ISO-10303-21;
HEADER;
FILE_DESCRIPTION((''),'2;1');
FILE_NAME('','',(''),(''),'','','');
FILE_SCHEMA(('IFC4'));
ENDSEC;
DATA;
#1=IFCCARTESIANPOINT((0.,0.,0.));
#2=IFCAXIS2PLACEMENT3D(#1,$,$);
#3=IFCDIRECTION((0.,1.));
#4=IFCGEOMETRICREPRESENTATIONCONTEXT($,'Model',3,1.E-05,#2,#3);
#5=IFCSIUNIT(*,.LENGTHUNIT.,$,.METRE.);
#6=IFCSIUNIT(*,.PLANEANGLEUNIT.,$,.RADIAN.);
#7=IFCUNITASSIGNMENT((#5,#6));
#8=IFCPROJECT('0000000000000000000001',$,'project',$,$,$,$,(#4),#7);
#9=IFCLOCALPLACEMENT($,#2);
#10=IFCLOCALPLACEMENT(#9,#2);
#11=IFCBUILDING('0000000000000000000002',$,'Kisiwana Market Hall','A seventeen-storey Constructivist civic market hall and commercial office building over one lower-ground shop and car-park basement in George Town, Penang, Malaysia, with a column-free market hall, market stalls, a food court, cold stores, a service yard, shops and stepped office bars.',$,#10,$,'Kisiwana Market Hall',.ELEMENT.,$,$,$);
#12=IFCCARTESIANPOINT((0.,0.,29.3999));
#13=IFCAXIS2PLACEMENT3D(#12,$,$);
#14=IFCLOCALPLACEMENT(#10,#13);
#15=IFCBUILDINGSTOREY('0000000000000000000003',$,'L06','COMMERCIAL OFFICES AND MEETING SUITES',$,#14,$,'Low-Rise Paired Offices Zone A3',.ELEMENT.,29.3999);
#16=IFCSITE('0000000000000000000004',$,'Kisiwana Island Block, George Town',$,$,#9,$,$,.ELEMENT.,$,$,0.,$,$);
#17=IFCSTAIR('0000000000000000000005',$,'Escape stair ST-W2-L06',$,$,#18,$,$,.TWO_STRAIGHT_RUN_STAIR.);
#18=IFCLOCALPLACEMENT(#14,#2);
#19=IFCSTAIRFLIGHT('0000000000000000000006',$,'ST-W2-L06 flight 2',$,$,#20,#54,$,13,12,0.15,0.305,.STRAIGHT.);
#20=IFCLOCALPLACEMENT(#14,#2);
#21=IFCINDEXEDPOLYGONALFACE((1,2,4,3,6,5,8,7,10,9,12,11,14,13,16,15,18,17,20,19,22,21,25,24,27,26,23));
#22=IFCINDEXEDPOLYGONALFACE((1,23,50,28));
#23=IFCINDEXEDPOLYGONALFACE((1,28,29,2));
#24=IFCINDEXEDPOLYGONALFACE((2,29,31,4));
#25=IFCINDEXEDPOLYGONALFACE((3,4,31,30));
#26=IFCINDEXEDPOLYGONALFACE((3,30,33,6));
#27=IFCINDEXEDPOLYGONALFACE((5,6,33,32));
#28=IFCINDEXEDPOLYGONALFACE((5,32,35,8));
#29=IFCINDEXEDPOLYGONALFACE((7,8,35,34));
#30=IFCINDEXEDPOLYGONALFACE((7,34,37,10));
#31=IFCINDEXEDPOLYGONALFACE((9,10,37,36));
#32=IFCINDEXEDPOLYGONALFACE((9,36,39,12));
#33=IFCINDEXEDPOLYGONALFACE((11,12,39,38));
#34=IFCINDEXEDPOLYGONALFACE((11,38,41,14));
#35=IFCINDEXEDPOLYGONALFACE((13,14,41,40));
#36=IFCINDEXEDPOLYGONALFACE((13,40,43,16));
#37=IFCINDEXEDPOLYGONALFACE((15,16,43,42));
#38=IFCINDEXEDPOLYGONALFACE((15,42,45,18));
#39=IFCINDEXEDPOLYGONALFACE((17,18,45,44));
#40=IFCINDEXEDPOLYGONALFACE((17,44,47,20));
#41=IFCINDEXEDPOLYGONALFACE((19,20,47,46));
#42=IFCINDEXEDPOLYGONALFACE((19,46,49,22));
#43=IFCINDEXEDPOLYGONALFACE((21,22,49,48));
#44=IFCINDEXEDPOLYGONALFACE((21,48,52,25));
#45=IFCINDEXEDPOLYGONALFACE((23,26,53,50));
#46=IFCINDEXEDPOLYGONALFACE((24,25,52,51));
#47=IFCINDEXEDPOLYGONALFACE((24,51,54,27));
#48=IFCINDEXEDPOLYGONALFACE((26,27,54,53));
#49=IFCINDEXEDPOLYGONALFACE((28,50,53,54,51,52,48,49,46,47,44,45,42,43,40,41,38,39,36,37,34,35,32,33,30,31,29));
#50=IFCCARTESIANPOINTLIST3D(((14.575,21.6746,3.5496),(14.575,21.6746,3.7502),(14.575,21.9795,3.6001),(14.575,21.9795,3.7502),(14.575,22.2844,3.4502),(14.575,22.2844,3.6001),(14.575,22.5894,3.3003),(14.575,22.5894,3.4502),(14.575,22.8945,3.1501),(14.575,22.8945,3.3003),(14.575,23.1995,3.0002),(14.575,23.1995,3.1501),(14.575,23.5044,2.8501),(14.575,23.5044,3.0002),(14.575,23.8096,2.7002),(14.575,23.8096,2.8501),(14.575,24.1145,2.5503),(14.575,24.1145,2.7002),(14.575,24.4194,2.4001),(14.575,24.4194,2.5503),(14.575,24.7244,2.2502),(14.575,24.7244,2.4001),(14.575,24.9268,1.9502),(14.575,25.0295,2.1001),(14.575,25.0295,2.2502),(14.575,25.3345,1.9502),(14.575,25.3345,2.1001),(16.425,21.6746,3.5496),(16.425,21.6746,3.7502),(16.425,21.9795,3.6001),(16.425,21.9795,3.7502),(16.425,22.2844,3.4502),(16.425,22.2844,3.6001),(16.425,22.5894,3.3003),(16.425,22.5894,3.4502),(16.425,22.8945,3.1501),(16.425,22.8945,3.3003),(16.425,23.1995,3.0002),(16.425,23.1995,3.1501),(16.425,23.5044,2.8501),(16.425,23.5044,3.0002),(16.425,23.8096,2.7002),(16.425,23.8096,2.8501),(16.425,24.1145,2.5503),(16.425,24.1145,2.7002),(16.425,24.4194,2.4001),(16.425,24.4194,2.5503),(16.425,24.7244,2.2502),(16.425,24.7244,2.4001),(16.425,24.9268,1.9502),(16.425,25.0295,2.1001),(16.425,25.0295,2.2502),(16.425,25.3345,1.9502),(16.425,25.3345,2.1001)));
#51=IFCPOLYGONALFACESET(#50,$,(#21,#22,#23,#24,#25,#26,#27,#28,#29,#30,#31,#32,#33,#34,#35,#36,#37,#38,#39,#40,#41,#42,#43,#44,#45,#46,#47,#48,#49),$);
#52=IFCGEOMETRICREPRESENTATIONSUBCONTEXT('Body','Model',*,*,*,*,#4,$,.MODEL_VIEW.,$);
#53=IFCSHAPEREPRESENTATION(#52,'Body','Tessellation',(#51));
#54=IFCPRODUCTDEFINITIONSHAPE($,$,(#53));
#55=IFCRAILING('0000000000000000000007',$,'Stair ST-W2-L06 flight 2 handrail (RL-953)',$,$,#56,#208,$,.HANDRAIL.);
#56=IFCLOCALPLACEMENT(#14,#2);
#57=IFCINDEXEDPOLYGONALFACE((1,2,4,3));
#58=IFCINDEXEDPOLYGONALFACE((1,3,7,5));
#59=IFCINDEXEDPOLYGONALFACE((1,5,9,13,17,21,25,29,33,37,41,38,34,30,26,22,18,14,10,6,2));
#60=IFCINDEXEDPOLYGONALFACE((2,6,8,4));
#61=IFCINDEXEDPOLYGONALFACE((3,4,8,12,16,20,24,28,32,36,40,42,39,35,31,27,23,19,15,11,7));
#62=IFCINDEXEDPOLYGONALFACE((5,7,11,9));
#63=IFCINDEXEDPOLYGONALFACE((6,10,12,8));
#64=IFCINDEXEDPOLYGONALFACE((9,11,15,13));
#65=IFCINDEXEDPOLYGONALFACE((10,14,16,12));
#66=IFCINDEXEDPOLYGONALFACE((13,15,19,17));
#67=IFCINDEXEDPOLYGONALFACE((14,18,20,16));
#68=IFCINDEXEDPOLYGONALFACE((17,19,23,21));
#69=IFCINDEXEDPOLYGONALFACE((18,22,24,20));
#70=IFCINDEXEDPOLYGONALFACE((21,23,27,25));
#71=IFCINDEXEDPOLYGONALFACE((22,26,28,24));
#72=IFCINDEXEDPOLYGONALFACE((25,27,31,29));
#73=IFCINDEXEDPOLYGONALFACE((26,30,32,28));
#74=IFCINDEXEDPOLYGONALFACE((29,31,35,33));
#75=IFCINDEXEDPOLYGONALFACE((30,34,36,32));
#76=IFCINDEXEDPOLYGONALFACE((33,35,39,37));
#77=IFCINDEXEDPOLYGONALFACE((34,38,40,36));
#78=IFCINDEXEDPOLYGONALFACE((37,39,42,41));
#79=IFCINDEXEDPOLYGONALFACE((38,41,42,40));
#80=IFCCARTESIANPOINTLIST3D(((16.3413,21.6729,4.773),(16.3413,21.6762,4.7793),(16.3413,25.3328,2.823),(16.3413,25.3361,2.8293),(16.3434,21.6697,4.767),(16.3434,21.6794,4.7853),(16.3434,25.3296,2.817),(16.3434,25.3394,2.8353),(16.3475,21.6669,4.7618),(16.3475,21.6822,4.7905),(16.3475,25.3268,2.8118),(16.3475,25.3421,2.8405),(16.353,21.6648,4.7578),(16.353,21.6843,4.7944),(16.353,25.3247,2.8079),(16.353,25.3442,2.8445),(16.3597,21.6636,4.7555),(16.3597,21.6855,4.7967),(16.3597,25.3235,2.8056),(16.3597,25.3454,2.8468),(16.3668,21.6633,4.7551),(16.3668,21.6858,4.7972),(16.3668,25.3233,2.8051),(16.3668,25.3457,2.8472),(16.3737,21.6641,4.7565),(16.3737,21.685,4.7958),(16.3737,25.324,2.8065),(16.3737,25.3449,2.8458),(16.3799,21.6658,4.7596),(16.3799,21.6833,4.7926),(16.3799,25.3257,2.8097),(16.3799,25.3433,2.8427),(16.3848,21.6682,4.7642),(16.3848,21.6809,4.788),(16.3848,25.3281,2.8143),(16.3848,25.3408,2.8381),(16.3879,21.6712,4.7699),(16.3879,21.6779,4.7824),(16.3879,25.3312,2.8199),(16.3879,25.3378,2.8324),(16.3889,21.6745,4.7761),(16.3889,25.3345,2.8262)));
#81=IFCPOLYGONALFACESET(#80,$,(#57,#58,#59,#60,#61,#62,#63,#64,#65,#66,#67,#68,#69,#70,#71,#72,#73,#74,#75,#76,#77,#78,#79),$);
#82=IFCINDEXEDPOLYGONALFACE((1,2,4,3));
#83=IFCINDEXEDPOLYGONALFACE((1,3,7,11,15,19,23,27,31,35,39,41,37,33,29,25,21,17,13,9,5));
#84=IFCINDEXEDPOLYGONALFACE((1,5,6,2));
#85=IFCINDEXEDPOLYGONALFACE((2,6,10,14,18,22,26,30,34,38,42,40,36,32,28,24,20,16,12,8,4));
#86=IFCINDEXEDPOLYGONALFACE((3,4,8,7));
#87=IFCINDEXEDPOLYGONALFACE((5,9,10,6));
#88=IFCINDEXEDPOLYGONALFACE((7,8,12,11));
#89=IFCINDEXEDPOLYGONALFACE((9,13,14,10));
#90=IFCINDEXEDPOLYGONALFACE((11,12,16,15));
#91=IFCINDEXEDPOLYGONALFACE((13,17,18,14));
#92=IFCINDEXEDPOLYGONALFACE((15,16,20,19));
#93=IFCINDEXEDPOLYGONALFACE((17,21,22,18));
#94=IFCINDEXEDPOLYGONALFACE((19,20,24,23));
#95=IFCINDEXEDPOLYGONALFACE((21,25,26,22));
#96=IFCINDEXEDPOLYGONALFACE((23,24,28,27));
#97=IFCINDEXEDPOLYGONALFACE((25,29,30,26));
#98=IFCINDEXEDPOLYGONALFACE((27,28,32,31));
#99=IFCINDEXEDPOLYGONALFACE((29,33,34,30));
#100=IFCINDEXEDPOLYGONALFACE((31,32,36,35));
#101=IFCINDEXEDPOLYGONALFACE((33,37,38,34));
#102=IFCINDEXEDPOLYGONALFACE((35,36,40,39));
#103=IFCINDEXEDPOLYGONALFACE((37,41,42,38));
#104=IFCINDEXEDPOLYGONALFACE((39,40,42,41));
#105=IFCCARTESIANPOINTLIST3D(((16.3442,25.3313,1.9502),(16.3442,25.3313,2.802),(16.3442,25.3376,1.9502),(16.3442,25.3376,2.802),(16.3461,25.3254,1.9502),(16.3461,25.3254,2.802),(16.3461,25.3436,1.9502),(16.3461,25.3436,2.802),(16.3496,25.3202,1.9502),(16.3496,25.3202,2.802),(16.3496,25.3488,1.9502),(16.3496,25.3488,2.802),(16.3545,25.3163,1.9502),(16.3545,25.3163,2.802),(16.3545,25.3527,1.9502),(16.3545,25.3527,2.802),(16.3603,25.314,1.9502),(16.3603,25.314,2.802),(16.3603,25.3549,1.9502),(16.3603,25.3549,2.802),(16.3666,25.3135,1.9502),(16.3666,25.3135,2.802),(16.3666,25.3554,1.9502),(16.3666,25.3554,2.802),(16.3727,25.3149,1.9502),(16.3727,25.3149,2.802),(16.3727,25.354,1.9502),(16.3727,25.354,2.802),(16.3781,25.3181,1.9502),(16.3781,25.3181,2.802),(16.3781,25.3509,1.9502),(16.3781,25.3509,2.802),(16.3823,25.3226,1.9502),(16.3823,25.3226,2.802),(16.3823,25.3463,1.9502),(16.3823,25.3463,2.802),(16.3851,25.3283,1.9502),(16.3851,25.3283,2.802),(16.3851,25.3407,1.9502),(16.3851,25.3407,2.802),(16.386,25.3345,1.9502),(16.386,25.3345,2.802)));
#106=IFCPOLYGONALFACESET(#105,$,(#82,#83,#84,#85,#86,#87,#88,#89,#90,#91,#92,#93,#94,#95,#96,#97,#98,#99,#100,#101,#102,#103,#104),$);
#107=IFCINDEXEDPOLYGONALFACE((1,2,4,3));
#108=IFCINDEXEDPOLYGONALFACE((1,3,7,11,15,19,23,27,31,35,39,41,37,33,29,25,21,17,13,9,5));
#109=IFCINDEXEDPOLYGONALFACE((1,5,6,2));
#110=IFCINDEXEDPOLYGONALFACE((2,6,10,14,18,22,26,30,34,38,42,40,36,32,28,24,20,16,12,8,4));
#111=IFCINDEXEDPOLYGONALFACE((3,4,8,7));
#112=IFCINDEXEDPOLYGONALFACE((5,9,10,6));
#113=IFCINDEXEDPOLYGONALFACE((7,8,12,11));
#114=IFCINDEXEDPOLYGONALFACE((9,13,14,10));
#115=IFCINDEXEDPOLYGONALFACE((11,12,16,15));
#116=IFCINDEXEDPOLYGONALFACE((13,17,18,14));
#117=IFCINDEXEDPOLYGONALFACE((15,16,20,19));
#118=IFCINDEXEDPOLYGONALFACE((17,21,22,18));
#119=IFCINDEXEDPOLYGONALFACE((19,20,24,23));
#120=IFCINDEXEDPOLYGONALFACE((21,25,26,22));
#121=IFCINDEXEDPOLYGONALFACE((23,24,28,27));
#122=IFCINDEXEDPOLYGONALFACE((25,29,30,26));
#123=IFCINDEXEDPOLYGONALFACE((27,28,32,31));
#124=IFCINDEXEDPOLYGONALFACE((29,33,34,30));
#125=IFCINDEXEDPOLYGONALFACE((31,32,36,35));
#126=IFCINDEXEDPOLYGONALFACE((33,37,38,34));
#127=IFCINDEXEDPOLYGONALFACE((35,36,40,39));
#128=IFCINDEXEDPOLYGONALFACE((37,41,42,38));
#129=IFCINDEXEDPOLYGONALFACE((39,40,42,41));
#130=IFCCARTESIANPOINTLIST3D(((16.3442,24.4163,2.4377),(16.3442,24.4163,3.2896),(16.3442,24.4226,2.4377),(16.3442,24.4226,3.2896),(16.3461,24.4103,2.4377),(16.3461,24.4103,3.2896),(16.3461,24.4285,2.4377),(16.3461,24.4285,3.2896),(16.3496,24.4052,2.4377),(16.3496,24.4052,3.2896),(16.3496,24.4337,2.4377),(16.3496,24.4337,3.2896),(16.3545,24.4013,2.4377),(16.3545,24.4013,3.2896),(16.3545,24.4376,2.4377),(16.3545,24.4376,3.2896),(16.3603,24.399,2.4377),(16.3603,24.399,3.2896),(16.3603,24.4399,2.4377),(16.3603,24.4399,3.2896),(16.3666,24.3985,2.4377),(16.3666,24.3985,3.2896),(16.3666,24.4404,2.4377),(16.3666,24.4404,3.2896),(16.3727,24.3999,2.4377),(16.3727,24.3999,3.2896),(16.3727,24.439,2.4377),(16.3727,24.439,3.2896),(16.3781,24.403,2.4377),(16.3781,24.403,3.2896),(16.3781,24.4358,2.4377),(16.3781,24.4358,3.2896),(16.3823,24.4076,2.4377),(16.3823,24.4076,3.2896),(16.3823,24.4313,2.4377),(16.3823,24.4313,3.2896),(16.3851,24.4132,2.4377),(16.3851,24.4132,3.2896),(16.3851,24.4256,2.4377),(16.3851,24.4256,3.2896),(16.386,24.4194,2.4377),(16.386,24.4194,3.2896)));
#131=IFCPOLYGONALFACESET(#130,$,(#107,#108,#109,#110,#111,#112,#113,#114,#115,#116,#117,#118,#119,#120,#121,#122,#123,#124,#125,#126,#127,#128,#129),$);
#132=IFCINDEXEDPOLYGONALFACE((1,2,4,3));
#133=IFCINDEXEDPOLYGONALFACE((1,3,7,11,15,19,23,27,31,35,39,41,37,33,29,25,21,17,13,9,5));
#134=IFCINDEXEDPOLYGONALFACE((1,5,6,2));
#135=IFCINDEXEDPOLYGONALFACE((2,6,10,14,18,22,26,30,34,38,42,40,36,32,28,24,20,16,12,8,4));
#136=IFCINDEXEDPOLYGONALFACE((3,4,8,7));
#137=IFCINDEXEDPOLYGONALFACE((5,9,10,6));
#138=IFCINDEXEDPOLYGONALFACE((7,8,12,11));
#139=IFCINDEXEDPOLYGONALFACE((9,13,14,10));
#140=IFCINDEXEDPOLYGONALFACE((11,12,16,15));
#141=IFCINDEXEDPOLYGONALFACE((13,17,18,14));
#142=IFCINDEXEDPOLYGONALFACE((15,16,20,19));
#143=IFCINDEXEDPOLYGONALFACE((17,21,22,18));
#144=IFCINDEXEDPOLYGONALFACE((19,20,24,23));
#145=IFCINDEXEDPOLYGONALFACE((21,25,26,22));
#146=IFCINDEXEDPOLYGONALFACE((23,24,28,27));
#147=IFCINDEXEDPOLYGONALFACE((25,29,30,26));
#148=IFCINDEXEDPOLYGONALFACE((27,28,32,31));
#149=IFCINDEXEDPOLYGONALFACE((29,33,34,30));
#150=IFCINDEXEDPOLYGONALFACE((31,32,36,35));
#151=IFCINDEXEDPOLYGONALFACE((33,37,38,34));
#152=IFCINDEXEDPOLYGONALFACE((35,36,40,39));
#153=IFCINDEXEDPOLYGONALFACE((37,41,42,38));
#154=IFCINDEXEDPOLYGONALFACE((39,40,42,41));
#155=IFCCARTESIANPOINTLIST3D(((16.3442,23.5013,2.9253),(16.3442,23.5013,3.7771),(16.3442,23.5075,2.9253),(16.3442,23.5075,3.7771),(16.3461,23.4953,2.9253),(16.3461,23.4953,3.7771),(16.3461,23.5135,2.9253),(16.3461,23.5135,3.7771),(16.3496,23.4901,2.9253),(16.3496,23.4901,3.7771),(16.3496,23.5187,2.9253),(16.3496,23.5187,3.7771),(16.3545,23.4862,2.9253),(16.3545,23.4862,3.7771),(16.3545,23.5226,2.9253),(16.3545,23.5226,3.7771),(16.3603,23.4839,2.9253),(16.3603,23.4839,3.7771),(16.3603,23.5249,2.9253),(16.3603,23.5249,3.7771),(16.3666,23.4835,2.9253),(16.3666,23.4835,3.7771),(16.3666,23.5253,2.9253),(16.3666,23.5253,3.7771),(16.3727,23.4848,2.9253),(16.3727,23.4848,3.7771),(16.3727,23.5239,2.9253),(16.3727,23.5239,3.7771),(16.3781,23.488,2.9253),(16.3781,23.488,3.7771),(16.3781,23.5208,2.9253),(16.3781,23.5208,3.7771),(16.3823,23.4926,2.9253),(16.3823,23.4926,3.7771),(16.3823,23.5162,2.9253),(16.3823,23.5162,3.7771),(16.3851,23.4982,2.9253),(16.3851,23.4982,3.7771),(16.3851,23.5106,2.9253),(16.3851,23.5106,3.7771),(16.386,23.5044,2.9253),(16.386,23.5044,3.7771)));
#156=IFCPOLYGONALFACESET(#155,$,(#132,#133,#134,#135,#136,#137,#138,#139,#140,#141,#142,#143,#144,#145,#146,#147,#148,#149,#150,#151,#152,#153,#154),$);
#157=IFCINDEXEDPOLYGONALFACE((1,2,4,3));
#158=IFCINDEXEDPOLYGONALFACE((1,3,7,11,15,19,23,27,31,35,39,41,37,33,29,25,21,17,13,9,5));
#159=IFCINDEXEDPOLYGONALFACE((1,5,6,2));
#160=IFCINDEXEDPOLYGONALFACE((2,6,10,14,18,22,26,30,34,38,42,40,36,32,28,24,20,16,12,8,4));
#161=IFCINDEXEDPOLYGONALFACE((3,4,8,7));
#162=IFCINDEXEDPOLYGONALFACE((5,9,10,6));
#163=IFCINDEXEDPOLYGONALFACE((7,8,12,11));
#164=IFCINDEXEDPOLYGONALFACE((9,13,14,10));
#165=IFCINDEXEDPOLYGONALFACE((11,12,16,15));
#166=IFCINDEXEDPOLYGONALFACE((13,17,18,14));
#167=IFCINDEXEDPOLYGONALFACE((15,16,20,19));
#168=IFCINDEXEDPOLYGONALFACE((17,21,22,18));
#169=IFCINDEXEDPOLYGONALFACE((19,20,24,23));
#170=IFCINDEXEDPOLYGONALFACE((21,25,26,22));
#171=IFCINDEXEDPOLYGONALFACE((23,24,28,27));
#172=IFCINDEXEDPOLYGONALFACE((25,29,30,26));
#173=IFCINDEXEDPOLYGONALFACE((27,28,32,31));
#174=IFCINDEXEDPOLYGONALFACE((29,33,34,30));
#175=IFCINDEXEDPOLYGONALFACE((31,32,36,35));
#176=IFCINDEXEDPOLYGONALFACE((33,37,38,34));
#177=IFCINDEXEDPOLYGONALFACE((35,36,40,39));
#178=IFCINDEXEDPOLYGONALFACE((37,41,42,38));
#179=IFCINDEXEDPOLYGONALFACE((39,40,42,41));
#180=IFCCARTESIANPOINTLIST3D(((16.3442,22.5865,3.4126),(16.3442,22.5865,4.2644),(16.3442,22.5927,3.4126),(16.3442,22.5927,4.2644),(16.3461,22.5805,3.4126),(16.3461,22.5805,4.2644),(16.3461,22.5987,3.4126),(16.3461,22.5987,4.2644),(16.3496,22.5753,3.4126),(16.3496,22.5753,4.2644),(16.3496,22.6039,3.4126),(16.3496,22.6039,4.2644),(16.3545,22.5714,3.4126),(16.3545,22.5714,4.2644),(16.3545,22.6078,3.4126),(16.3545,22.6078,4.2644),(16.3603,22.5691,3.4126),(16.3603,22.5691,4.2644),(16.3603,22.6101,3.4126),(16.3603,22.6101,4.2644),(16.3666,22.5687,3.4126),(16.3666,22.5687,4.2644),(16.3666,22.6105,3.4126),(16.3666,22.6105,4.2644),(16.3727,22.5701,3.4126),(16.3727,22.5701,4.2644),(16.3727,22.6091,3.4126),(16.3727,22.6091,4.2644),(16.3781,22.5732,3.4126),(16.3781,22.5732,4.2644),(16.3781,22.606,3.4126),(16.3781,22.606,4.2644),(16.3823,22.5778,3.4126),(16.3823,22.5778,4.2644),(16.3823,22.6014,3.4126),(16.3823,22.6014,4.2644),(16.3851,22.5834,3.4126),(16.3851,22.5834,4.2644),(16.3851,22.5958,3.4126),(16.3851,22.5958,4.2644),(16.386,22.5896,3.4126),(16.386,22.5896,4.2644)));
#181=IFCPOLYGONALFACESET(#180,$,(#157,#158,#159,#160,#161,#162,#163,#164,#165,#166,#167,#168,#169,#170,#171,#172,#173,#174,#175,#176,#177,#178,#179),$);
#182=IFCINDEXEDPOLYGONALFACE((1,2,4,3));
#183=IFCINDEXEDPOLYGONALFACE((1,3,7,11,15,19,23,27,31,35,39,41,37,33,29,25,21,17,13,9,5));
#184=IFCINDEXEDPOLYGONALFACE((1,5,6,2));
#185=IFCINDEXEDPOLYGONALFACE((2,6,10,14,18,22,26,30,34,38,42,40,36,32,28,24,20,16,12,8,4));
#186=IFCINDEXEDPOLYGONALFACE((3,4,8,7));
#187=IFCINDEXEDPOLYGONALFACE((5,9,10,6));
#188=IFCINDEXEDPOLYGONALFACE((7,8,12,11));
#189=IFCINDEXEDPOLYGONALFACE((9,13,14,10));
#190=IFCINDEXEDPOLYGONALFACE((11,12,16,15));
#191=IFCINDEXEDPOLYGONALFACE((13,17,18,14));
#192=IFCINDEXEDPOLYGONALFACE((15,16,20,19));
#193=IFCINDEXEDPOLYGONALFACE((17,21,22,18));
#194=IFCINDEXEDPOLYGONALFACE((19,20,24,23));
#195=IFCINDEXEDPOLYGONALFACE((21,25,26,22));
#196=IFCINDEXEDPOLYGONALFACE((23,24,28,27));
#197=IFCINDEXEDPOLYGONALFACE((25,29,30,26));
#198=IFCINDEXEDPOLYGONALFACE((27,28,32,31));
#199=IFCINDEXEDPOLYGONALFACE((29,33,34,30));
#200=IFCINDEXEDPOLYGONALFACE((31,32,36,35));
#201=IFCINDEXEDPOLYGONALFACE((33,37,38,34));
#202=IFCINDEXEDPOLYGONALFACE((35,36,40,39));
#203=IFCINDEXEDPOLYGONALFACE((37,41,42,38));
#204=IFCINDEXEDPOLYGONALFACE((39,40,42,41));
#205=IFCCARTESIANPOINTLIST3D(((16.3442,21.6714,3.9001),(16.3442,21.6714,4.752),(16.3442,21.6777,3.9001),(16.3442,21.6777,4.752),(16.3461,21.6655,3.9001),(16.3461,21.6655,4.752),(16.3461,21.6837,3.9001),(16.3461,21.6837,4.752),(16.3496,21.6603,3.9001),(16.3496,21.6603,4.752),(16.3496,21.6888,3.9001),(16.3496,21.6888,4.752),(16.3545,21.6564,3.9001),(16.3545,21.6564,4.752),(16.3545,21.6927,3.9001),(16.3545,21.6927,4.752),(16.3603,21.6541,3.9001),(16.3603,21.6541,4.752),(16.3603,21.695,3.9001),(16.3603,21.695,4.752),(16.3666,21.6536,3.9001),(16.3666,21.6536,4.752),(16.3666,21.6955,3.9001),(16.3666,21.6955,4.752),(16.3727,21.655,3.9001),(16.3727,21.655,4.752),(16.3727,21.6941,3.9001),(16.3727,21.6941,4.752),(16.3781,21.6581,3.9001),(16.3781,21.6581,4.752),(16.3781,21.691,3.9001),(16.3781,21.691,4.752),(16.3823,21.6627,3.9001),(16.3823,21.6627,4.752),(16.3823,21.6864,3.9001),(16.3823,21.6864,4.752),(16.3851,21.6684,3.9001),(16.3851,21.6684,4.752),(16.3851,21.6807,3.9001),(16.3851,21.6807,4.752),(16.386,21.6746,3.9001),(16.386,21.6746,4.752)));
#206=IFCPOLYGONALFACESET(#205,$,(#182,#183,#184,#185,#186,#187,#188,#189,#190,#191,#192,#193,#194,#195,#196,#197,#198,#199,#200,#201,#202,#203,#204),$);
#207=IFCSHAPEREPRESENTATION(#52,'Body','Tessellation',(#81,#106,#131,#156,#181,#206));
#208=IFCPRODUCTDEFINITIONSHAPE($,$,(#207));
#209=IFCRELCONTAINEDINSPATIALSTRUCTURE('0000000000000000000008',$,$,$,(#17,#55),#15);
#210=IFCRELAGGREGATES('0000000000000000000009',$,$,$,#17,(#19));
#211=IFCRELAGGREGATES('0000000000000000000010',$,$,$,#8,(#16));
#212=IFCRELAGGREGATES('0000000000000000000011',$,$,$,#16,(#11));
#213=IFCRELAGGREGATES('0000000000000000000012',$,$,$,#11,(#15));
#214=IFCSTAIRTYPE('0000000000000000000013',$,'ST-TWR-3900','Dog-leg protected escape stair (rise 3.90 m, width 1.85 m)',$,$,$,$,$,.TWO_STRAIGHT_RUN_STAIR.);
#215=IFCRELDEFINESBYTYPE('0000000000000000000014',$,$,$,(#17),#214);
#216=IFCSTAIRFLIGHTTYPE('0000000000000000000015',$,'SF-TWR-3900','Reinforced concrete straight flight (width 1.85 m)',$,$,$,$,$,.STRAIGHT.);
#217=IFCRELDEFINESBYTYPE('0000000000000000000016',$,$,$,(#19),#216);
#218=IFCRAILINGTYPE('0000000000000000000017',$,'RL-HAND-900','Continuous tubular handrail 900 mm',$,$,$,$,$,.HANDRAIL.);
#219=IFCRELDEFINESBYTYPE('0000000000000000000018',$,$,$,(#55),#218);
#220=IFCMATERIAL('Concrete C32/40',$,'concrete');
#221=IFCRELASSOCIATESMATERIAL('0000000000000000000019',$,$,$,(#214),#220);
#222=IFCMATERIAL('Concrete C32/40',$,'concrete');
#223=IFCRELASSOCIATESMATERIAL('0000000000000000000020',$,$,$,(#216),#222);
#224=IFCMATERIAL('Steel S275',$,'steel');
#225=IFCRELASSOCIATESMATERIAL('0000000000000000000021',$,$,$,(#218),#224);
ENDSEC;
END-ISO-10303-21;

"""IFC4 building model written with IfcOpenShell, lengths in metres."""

from ifc_helpers import new_model, si_unit, direction, frame, origin, origin_2d, place, context, subcontext, project, spatial, polyline, circle, outline, extrude, material, type_object, element, aggregate, save


model = new_model("IFC4")

# Units and contexts
model_context = context("Model", 3, precision=1e-05, world=origin(), true_north=direction((0.0, 1.0)))
body_context = subcontext(model_context, "Body", "Model", "MODEL_VIEW")
ifc_project = project(units=[si_unit("LENGTHUNIT", "METRE"), si_unit("PLANEANGLEUNIT", "RADIAN")], contexts=[model_context])

# Site, building, storey
site_placement = place(None, origin())
site = spatial("IfcSite", under=ifc_project, at=site_placement, Name="Kisiwana Island Block, George Town", CompositionType="ELEMENT", RefElevation=0.0)
building_placement = place(site_placement, origin())
building = spatial("IfcBuilding", under=site, at=building_placement, Name="Kisiwana Market Hall", Description="A seventeen-storey Constructivist civic market hall and commercial office building over one lower-ground shop and car-park basement in George Town, Penang, Malaysia, with a column-free market hall, market stalls, a food court, cold stores, a service yard, shops and stepped office bars.", LongName="Kisiwana Market Hall", CompositionType="ELEMENT")
storey_placement = place(building_placement, frame((0.0, 0.0, 29.3999)))
storey = spatial("IfcBuildingStorey", under=building, at=storey_placement, Name="L06", Description="COMMERCIAL OFFICES AND MEETING SUITES", LongName="Low-Rise Paired Offices Zone A3", CompositionType="ELEMENT", Elevation=29.3999)

# Stair, stair flight
ifc_material_1 = material(Name="Concrete C32/40", Category="concrete")
stair_type = type_object("IfcStairType", Name="ST-TWR-3900", Description="Dog-leg protected escape stair (rise 3.90 m, width 1.85 m)", PredefinedType="TWO_STRAIGHT_RUN_STAIR", material=ifc_material_1)
stair_placement = place(storey_placement, origin())
stair = element("IfcStair", 1, at=stair_placement, inside=storey, type_object=stair_type, Name="Escape stair ST-W2-L06", PredefinedType="TWO_STRAIGHT_RUN_STAIR")
ifc_material_2 = material(Name="Concrete C32/40", Category="concrete")
stair_flight_type = type_object("IfcStairFlightType", Name="SF-TWR-3900", Description="Reinforced concrete straight flight (width 1.85 m)", PredefinedType="STRAIGHT", material=ifc_material_2)
stair_flight_placement = place(storey_placement, frame((15.5, 25.3345, 1.9502), z_axis=(0.0, 0.0, 1.0), x_axis=(0.0, -1.0, 0.0)))
stair_flight = element("IfcStairFlight", 2, at=stair_flight_placement, type_object=stair_flight_type, Name="ST-W2-L06 flight 2", NumberOfRisers=13, NumberOfTreads=12, PredefinedType="STRAIGHT", RiserHeight=0.15, TreadLength=0.305, context=body_context, shape_type="SweptSolid", body=[
    extrude(outline(polyline([(0.0, 0.0), (0.0, 0.1499), (0.3049, 0.1499), (0.3049, 0.3), (0.6101, 0.3), (0.6101, 0.45), (0.915, 0.45), (0.915, 0.6001), (1.22, 0.6001), (1.22, 0.75), (1.5249, 0.75), (1.5249, 0.8999), (1.8301, 0.8999), (1.8301, 1.05), (2.135, 1.05), (2.135, 1.2), (2.4399, 1.2), (2.4399, 1.3501), (2.7451, 1.3501), (2.7451, 1.5), (3.05, 1.5), (3.05, 1.6499), (3.355, 1.6499), (3.355, 1.8), (3.6599, 1.8), (3.6599, 1.95), (3.6599, 1.5994), (0.4077, 0.0), (0.0, 0.0)])), frame((0.0, 0.925, 0.0), z_axis=(0.0, -1.0, 0.0), x_axis=(1.0, 0.0, 0.0)), (0.0, 0.0, 1.0), 1.8501),
])
aggregate(stair, [stair_flight])

# Railing
ifc_material_3 = material(Name="Steel S275", Category="steel")
railing_type = type_object("IfcRailingType", Name="RL-HAND-900", Description="Continuous tubular handrail 900 mm", PredefinedType="HANDRAIL", material=ifc_material_3)
railing_placement = place(storey_placement, frame((16.365, 25.3345, 1.9502)))
element("IfcRailing", 3, at=railing_placement, inside=storey, type_object=railing_type, Name="Stair ST-W2-L06 flight 2 handrail (RL-953)", PredefinedType="HANDRAIL", context=body_context, shape_type="SweptSolid", body=[
    extrude(circle(Radius=0.0239, at=origin_2d()), frame((0.0, 0.0, 0.876), z_axis=(0.0, -0.882553, 0.470212), x_axis=(1.0, 0.0, 0.0)), (0.0, 0.0, 1.0), 4.147),
    extrude(circle(Radius=0.021, at=origin_2d()), origin(), (0.0, 0.0, 1.0), 0.8518),
    extrude(circle(Radius=0.021, at=origin_2d()), frame((0.0, -0.915, 0.4875)), (0.0, 0.0, 1.0), 0.8518),
    extrude(circle(Radius=0.021, at=origin_2d()), frame((0.0, -1.8301, 0.9751)), (0.0, 0.0, 1.0), 0.8518),
    extrude(circle(Radius=0.021, at=origin_2d()), frame((0.0, -2.7449, 1.4624)), (0.0, 0.0, 1.0), 0.8518),
    extrude(circle(Radius=0.021, at=origin_2d()), frame((0.0, -3.6599, 1.95)), (0.0, 0.0, 1.0), 0.8518),
])

save(model, "model.ifc")
